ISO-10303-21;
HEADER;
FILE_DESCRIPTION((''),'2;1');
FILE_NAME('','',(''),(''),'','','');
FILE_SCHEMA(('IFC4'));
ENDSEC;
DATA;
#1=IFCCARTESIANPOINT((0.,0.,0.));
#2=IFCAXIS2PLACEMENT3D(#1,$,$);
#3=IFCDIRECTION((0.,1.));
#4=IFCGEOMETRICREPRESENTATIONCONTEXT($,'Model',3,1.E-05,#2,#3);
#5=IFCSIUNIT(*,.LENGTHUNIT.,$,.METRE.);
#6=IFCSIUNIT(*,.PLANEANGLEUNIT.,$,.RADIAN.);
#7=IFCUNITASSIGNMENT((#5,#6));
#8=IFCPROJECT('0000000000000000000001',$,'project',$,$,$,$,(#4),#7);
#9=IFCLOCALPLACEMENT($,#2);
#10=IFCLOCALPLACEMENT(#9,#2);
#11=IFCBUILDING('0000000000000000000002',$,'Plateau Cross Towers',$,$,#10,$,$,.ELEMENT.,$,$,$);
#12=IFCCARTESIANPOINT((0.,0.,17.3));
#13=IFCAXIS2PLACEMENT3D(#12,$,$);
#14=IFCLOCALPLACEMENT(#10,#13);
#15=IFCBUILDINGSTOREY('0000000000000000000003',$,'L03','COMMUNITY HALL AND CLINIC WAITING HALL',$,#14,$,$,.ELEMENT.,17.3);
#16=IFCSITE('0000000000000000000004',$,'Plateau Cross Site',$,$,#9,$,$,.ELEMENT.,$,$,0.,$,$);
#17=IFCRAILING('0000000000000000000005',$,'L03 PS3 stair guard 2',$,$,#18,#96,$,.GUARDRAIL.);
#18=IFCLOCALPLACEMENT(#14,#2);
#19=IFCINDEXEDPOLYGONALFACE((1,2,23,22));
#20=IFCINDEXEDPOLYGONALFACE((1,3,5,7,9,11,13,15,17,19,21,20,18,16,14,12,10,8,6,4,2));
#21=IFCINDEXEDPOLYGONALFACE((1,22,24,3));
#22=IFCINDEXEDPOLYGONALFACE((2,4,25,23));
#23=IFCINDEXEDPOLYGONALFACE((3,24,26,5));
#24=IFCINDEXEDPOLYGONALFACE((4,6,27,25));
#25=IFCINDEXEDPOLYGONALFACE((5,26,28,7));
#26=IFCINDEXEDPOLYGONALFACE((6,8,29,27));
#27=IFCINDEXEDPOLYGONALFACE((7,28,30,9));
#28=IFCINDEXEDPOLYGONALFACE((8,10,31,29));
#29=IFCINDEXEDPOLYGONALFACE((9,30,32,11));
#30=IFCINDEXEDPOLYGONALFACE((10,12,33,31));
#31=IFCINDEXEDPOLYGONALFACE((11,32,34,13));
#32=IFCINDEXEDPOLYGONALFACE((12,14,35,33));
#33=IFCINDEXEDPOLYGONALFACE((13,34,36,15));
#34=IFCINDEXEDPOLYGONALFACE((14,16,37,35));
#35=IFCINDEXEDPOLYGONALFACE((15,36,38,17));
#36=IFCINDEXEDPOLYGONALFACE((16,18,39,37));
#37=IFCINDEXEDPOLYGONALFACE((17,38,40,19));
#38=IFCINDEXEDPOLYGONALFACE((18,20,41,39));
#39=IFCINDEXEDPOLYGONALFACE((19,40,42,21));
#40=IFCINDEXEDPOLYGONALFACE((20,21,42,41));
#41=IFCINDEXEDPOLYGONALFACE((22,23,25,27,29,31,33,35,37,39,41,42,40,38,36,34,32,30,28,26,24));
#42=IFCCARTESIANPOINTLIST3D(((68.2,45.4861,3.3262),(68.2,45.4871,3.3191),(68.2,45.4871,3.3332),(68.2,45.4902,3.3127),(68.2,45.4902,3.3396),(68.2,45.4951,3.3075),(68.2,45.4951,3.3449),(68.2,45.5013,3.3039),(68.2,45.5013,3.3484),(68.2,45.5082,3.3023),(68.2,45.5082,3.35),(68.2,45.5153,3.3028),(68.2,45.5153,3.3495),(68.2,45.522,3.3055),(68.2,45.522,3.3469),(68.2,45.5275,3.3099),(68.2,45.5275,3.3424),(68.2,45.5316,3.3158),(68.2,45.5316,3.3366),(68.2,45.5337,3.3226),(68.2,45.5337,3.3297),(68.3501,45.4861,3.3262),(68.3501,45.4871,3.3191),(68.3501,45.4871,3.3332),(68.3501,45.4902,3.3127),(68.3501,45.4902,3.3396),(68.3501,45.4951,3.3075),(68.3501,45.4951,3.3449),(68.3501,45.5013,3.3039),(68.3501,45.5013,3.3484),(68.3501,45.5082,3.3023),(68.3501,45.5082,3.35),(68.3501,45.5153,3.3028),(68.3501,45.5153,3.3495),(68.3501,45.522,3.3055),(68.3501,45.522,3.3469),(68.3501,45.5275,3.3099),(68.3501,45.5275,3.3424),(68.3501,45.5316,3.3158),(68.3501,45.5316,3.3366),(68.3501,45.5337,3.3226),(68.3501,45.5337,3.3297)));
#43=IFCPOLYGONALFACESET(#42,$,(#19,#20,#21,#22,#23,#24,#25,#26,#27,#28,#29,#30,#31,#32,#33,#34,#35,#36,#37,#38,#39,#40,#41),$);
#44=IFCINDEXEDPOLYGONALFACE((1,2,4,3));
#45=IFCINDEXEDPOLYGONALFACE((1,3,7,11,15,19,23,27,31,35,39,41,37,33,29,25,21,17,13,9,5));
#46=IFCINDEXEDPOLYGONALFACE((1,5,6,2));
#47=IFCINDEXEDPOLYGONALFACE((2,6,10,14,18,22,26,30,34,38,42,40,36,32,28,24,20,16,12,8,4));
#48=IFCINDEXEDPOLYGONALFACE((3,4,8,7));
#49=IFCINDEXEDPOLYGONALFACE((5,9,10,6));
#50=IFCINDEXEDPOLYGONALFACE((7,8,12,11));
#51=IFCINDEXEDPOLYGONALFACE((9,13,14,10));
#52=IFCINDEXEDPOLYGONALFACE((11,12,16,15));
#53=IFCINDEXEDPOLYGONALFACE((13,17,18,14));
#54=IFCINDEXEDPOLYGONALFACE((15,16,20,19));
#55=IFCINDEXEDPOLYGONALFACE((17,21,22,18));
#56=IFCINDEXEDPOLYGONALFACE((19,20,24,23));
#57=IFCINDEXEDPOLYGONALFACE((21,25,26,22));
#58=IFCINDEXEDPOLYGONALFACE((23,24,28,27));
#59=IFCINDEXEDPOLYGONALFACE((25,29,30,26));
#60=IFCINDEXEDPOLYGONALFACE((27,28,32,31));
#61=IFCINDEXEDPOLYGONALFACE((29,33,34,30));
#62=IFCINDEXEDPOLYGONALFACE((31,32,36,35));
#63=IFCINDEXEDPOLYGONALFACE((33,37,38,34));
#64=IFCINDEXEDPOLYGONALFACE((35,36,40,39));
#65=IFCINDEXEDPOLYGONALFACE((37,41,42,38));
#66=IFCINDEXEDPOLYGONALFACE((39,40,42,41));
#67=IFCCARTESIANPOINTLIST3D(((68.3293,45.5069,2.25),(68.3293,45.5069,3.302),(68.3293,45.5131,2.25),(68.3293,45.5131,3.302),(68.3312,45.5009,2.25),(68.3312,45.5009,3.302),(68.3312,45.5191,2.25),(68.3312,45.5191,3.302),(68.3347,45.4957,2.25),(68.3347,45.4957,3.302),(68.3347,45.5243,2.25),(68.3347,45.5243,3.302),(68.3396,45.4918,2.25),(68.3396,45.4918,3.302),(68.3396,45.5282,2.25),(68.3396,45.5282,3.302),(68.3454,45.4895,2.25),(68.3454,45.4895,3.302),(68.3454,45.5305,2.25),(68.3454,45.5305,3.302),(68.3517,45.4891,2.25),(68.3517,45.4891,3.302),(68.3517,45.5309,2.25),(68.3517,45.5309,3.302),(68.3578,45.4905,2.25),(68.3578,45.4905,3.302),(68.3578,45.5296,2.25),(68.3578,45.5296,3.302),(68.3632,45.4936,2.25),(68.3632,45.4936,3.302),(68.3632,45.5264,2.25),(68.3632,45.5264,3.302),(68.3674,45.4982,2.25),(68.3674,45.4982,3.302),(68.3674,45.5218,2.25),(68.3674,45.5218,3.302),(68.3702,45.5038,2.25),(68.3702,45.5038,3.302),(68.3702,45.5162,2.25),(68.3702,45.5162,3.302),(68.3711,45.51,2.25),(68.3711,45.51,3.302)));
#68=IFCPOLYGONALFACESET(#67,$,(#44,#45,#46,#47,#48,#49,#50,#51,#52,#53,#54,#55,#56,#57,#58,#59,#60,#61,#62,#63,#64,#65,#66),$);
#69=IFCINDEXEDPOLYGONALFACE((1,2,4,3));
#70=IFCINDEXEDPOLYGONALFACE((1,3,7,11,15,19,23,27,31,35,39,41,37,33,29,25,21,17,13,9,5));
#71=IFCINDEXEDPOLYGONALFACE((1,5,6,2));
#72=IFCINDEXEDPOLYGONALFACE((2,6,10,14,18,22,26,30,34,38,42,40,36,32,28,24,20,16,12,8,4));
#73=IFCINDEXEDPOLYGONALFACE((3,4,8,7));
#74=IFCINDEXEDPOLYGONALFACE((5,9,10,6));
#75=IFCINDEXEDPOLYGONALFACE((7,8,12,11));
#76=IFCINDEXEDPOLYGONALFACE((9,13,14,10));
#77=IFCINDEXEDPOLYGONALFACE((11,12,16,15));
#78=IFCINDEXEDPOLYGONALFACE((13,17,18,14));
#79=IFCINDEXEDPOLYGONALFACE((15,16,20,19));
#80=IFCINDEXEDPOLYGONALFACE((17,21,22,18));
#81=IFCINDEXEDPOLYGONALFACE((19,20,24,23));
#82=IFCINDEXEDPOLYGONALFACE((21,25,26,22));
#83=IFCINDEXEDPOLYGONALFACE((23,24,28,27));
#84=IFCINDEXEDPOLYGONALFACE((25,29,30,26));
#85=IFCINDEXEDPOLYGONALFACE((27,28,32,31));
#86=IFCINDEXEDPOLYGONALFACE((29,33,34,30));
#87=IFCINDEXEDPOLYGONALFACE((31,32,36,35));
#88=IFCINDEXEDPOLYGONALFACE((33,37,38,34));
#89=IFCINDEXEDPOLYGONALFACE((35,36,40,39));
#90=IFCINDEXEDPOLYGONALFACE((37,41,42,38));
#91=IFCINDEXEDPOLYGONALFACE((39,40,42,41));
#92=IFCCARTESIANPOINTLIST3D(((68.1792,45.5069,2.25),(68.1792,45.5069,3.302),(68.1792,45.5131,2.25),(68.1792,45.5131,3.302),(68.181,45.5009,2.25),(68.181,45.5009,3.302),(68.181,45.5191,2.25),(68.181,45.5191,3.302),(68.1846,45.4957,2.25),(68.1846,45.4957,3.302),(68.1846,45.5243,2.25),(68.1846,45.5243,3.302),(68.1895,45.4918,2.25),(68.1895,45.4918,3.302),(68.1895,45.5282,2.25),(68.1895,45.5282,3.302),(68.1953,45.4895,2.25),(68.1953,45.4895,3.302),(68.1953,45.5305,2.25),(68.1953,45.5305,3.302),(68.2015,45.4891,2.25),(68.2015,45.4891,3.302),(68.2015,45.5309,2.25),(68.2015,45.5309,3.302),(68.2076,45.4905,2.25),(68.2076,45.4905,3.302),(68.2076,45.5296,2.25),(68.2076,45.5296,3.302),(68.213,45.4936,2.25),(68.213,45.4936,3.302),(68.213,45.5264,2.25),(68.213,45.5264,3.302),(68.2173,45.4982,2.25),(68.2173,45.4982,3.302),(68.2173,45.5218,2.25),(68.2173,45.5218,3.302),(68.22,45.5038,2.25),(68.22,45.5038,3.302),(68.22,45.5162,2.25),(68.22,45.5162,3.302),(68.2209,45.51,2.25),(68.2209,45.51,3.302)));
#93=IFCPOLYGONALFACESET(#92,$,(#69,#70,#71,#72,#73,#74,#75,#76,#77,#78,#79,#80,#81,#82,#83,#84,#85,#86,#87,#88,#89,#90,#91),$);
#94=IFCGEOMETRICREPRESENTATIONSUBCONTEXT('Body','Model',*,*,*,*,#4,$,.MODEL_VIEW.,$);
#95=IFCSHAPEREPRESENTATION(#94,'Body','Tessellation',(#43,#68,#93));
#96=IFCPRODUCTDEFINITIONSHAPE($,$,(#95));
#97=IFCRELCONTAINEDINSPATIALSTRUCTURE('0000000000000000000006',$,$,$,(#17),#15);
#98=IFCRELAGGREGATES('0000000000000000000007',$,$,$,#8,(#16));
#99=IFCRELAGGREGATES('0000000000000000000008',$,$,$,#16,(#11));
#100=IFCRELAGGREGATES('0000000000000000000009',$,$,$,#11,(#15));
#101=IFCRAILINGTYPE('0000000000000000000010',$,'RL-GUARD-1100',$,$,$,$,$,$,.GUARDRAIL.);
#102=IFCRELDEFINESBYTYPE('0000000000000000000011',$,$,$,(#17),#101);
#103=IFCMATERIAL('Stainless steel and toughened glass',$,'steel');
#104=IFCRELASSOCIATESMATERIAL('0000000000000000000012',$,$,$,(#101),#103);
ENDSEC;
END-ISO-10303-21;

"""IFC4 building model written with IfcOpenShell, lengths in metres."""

from ifc_helpers import new_model, si_unit, direction, frame, origin, origin_2d, place, context, subcontext, project, spatial, circle, extrude, material, type_object, element, save


model = new_model("IFC4")

# Units and contexts
model_context = context("Model", 3, precision=1e-05, world=origin(), true_north=direction((0.0, 1.0)))
body_context = subcontext(model_context, "Body", "Model", "MODEL_VIEW")
ifc_project = project(units=[si_unit("LENGTHUNIT", "METRE"), si_unit("PLANEANGLEUNIT", "RADIAN")], contexts=[model_context])

# Site, building, storey
site_placement = place(None, origin())
site = spatial("IfcSite", under=ifc_project, at=site_placement, Name="Plateau Cross Site", CompositionType="ELEMENT", RefElevation=0.0)
building_placement = place(site_placement, origin())
building = spatial("IfcBuilding", under=site, at=building_placement, Name="Plateau Cross Towers", CompositionType="ELEMENT")
storey_placement = place(building_placement, frame((0.0, 0.0, 17.3)))
storey = spatial("IfcBuildingStorey", under=building, at=storey_placement, Name="L03", Description="COMMUNITY HALL AND CLINIC WAITING HALL", CompositionType="ELEMENT", Elevation=17.3)

# Railing
ifc_material_1 = material(Name="Stainless steel and toughened glass", Category="steel")
railing_type_1 = type_object("IfcRailingType", Name="RL-GUARD-1100", PredefinedType="GUARDRAIL", material=ifc_material_1)
railing_1_placement = place(storey_placement, frame((68.3501, 45.51, 2.25)))
element("IfcRailing", 1, at=railing_1_placement, inside=storey, type_object=railing_type_1, Name="L03 PS3 stair guard 2", PredefinedType="GUARDRAIL", context=body_context, shape_type="SweptSolid", body=[
    extrude(circle(Radius=0.0239, at=origin_2d()), frame((0.0, 0.0, 1.0762), z_axis=(-1.0, 0.0, 0.0), x_axis=(0.0, -1.0, 0.0)), (0.0, 0.0, 1.0), 0.1501),
    extrude(circle(Radius=0.021, at=origin_2d()), origin(), (0.0, 0.0, 1.0), 1.052),
    extrude(circle(Radius=0.021, at=origin_2d()), frame((-0.1501, 0.0, 0.0)), (0.0, 0.0, 1.0), 1.052),
])

save(model, "model.ifc")
